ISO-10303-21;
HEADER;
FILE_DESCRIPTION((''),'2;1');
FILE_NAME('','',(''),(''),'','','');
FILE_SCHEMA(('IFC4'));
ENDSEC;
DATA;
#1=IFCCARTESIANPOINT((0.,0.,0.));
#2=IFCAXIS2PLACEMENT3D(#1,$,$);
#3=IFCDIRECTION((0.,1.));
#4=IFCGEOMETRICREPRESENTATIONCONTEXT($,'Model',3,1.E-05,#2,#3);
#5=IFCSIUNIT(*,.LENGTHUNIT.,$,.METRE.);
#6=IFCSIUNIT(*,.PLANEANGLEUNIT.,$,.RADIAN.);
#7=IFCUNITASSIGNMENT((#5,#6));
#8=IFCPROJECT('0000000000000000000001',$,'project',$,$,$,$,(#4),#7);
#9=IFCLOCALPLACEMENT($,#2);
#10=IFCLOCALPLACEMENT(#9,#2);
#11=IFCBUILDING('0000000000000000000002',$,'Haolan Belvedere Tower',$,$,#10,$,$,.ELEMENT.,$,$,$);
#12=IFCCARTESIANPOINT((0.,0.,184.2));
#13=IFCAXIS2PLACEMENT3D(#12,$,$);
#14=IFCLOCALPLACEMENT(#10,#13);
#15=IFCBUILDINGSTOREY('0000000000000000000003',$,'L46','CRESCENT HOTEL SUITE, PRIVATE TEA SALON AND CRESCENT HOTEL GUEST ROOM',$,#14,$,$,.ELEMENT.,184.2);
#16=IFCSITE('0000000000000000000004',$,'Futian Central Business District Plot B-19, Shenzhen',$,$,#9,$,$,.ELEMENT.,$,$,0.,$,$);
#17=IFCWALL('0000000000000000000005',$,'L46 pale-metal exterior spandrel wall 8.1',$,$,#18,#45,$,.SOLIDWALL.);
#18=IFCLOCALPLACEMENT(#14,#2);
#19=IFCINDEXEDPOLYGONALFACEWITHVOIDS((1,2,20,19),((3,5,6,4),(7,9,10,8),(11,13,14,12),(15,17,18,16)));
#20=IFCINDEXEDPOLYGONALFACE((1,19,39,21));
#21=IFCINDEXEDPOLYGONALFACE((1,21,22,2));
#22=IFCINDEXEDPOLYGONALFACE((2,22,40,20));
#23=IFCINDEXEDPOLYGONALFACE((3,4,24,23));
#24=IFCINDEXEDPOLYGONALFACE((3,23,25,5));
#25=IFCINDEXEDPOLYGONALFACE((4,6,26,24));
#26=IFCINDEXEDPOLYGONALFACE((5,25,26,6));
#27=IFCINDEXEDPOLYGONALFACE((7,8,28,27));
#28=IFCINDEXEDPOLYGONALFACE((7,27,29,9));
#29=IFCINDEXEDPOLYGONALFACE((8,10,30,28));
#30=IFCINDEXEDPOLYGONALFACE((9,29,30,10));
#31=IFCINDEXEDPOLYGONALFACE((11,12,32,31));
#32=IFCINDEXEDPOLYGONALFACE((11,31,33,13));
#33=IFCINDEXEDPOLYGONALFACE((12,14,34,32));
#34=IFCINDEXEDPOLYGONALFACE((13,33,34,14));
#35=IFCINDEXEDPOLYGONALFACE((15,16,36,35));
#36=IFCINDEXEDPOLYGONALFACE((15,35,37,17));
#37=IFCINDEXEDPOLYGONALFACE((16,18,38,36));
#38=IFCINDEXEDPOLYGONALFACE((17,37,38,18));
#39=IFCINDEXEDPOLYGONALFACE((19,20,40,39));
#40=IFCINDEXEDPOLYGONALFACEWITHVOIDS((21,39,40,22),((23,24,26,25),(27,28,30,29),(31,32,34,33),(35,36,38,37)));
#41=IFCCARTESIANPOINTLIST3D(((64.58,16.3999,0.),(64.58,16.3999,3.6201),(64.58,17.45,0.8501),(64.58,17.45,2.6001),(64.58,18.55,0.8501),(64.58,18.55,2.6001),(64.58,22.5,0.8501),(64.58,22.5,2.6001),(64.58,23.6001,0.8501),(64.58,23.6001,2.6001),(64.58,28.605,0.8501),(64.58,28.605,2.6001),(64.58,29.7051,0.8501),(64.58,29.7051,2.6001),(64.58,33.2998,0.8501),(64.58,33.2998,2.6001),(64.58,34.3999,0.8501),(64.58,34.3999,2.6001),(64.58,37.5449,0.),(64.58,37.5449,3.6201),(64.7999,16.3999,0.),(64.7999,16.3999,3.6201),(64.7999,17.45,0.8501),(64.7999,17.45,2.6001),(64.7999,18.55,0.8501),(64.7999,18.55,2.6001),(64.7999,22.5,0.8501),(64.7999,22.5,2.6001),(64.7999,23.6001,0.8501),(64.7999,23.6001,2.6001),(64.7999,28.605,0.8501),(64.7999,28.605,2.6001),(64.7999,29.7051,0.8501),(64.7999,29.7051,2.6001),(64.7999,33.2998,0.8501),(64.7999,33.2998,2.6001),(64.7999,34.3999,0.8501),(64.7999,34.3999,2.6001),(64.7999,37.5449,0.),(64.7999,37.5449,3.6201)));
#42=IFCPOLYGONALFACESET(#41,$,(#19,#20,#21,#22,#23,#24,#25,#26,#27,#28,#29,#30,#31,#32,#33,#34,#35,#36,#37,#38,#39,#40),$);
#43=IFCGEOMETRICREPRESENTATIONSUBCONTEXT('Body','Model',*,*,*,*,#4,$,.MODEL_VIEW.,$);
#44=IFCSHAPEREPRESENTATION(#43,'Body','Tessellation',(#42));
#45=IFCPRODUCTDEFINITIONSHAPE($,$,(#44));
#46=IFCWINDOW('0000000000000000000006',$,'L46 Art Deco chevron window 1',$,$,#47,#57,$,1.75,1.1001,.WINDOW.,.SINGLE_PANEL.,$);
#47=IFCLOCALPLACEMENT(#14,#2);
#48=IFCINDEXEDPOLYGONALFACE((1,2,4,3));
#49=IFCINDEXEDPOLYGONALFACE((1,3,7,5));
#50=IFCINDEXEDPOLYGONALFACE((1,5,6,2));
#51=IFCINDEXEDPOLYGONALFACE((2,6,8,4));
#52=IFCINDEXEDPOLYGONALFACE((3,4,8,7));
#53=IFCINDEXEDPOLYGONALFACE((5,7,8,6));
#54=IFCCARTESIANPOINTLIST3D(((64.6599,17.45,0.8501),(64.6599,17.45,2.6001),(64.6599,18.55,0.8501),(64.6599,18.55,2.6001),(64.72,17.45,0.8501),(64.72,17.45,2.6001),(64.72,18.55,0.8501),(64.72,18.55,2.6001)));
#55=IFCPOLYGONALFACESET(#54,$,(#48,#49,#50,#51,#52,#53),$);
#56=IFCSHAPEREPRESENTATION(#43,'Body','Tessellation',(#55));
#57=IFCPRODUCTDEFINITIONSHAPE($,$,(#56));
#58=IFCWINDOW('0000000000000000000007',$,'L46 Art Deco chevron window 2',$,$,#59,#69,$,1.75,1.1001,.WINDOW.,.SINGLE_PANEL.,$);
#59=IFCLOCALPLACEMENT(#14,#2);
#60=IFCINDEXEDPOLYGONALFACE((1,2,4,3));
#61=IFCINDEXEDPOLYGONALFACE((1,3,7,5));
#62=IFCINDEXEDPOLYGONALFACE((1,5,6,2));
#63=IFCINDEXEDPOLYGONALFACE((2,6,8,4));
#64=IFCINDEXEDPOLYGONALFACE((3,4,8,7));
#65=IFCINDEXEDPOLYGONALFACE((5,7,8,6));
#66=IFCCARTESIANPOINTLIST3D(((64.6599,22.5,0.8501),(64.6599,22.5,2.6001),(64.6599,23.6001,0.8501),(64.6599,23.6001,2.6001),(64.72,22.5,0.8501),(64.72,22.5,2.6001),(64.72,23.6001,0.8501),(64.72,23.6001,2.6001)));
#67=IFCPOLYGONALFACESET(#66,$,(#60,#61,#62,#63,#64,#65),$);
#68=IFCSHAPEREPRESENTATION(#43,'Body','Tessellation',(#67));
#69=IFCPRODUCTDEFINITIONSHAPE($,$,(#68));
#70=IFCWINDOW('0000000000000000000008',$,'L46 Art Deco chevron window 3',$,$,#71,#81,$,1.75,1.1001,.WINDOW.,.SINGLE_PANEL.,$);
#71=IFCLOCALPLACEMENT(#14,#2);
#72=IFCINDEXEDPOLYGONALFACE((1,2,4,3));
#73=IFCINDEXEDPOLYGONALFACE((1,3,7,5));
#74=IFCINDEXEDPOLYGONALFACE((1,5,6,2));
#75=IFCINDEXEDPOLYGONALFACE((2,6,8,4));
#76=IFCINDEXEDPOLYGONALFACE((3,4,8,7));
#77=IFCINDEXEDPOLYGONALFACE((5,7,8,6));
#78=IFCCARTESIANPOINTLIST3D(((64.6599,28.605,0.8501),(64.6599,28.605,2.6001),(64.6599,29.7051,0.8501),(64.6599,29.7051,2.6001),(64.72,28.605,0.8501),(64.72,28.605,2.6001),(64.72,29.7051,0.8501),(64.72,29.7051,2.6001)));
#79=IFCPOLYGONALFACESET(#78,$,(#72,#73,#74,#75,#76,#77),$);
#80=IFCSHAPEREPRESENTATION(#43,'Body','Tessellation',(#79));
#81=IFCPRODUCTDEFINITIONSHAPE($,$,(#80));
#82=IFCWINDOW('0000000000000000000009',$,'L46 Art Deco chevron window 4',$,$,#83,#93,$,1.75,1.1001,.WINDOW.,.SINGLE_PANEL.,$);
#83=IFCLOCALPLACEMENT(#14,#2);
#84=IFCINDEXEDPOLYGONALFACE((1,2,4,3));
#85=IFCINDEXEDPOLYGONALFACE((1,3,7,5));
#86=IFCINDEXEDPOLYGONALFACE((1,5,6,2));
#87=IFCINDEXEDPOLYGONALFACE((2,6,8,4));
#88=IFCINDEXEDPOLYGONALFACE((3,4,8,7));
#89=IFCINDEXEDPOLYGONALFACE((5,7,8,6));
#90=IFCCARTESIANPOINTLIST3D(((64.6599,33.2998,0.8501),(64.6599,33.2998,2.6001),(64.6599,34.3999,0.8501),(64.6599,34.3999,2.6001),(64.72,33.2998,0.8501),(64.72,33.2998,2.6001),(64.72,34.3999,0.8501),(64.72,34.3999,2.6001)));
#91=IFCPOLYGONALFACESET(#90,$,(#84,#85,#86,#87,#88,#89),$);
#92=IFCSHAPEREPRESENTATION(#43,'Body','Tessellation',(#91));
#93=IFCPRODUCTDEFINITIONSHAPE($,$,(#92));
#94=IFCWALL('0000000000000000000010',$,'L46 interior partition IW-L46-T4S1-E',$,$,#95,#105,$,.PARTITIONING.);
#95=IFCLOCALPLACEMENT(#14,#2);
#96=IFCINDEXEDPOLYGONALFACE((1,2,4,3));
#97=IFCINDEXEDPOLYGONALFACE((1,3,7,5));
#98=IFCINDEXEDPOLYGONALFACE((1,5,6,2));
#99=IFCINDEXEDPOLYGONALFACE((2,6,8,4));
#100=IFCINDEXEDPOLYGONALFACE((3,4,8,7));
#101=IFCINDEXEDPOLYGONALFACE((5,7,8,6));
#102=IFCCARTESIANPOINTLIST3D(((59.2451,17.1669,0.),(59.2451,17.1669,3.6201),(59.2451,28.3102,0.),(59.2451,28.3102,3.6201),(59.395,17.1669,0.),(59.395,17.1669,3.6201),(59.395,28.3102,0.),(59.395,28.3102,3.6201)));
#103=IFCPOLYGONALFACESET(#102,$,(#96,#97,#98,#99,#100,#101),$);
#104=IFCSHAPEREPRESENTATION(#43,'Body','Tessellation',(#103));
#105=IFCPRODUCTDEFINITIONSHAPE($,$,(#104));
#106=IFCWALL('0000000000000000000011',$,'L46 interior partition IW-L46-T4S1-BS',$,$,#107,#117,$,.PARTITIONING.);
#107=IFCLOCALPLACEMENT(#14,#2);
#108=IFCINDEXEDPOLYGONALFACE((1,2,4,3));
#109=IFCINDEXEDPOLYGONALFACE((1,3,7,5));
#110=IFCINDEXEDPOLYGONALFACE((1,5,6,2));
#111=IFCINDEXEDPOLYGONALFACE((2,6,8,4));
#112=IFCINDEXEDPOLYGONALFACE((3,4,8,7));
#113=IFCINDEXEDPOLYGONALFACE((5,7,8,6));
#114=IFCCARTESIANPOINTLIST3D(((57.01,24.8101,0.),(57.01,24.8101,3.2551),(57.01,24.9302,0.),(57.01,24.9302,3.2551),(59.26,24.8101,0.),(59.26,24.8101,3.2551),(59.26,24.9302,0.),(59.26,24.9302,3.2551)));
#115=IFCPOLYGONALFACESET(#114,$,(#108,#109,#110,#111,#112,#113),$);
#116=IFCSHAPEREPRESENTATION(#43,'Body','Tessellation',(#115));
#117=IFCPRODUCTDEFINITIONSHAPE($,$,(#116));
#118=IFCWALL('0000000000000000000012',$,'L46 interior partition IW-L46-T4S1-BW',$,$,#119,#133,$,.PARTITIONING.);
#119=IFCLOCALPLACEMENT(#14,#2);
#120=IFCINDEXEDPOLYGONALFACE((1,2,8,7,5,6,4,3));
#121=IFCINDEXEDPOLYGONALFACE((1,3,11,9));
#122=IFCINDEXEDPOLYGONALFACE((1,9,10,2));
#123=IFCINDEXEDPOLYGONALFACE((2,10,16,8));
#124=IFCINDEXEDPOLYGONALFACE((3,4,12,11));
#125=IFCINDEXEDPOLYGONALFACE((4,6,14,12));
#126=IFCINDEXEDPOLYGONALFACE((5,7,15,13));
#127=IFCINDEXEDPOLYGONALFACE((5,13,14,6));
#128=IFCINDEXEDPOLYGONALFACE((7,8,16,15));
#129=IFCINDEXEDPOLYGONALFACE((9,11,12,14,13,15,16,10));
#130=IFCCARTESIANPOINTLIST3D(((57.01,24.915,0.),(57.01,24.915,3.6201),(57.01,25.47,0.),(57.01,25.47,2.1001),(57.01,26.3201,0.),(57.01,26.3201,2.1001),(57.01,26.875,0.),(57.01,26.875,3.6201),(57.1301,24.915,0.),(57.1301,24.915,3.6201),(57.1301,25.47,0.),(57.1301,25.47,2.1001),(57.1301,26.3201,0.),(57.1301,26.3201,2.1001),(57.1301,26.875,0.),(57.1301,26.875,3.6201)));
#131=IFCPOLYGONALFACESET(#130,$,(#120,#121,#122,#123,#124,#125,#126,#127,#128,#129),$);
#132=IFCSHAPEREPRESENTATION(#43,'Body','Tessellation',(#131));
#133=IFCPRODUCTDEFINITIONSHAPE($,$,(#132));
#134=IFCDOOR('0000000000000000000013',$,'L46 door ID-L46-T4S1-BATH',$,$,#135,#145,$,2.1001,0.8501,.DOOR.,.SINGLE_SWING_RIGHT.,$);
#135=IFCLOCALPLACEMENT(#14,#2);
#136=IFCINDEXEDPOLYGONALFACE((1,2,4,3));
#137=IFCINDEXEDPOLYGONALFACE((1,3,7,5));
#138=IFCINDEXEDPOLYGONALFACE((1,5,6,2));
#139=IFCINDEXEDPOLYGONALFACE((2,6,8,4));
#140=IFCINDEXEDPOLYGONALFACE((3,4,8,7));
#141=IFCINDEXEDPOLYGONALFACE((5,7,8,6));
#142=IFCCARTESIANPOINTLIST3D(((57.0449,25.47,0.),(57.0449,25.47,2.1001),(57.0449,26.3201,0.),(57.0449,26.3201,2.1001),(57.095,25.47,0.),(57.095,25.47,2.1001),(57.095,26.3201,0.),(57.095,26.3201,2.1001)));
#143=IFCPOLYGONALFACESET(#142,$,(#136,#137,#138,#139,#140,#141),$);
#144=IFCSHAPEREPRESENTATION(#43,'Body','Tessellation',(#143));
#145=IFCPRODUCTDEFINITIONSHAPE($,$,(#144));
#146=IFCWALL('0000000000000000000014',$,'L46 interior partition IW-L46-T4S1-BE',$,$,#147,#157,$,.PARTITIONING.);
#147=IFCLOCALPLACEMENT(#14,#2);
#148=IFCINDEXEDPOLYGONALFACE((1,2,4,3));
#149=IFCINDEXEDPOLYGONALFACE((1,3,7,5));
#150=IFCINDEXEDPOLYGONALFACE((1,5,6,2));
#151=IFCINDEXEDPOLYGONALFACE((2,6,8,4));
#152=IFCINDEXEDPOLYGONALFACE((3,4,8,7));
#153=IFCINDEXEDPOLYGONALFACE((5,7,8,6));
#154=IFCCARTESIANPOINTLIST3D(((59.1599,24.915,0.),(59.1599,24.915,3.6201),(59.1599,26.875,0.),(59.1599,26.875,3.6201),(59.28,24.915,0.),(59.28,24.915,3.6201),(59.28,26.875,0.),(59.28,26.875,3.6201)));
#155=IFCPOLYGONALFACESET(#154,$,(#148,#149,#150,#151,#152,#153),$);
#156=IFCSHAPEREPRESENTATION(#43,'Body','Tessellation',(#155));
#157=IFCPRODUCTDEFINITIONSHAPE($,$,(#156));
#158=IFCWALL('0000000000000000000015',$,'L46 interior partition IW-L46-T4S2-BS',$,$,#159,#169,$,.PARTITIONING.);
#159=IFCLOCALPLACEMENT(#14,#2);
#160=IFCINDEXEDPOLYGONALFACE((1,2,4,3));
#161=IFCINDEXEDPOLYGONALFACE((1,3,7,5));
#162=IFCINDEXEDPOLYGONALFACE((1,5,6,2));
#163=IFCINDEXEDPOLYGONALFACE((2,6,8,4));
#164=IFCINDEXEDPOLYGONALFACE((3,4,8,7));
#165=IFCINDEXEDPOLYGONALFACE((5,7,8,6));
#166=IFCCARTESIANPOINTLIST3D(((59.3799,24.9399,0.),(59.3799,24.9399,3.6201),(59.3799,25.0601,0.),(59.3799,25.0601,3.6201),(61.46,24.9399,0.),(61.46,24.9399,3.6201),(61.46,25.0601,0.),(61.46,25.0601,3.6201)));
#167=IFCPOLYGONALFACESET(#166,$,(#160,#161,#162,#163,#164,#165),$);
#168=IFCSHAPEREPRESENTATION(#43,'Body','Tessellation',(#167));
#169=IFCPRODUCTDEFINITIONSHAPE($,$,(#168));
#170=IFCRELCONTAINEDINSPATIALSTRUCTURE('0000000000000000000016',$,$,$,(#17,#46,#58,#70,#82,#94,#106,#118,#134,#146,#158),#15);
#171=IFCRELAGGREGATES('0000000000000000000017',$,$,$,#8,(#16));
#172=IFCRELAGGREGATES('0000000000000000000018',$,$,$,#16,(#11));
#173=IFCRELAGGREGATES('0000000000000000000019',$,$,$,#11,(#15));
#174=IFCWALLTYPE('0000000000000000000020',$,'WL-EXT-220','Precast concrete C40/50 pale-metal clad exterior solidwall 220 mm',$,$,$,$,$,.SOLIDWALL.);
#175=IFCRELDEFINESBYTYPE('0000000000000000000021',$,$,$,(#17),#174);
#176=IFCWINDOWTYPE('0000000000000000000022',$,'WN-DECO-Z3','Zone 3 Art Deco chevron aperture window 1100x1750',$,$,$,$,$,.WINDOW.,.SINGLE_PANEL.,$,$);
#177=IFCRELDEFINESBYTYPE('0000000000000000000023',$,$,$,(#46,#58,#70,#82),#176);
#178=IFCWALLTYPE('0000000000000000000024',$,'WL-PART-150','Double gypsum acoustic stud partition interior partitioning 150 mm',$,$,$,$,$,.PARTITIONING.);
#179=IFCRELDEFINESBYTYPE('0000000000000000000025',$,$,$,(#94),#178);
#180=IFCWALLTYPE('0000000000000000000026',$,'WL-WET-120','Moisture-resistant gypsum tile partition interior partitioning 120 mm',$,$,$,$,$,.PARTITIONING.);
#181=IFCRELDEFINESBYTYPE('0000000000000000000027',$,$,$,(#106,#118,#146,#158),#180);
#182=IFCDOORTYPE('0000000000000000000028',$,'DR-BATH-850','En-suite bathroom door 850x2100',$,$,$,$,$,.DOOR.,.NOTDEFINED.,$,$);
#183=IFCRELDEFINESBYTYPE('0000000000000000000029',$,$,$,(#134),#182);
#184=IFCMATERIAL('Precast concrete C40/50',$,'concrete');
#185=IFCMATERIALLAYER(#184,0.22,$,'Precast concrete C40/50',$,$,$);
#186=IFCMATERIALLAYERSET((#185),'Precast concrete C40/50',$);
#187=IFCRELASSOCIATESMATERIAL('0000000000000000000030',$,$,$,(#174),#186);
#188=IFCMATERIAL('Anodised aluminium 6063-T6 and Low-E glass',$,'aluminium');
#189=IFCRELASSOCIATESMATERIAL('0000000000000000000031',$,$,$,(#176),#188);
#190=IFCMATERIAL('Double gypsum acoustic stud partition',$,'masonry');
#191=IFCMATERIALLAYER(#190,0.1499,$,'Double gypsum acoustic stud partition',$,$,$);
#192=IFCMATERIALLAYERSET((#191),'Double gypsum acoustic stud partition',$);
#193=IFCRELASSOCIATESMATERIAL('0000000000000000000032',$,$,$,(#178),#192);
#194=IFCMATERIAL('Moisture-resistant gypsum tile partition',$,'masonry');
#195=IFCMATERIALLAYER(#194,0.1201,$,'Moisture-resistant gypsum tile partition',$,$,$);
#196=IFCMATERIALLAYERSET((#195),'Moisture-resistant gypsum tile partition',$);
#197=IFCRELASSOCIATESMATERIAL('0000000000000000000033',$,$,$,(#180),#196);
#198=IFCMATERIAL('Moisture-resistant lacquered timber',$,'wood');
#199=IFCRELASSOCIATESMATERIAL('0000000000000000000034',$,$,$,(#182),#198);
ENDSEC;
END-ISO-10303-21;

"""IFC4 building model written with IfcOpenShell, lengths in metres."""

from ifc_helpers import new_model, si_unit, direction, frame, frame_2d, origin, place, context, subcontext, project, spatial, rectangle, extrude, material, layer, layer_set, type_object, element, fill, save


model = new_model("IFC4")

# Units and contexts
model_context = context("Model", 3, precision=1e-05, world=origin(), true_north=direction((0.0, 1.0)))
body_context = subcontext(model_context, "Body", "Model", "MODEL_VIEW")
ifc_project = project(units=[si_unit("LENGTHUNIT", "METRE"), si_unit("PLANEANGLEUNIT", "RADIAN")], contexts=[model_context])

# Site, building, storey
site_placement = place(None, origin())
site = spatial("IfcSite", under=ifc_project, at=site_placement, Name="Futian Central Business District Plot B-19, Shenzhen", CompositionType="ELEMENT", RefElevation=0.0)
building_placement = place(site_placement, origin())
building = spatial("IfcBuilding", under=site, at=building_placement, Name="Haolan Belvedere Tower", CompositionType="ELEMENT")
storey_placement = place(building_placement, frame((0.0, 0.0, 184.2)))
storey = spatial("IfcBuildingStorey", under=building, at=storey_placement, Name="L46", Description="CRESCENT HOTEL SUITE, PRIVATE TEA SALON AND CRESCENT HOTEL GUEST ROOM", CompositionType="ELEMENT", Elevation=184.2)

# Shared definitions
ifc_material_1 = material(Name="Precast concrete C40/50", Category="concrete")
ifc_layer_1 = layer(ifc_material_1, 0.22, Name="Precast concrete C40/50")
ifc_layer_set_1 = layer_set([ifc_layer_1], Name="Precast concrete C40/50")
wall_type_1 = type_object("IfcWallType", Name="WL-EXT-220", Description="Precast concrete C40/50 pale-metal clad exterior solidwall 220 mm", PredefinedType="SOLIDWALL", material=ifc_layer_set_1)
ifc_material_2 = material(Name="Anodised aluminium 6063-T6 and Low-E glass", Category="aluminium")
window_type = type_object("IfcWindowType", Name="WN-DECO-Z3", Description="Zone 3 Art Deco chevron aperture window 1100x1750", PartitioningType="SINGLE_PANEL", PredefinedType="WINDOW", material=ifc_material_2)

# Wall, openings, windows
wall_1_placement = place(storey_placement, frame((64.6899, 16.3999, 0.0), z_axis=(0.0, 0.0, 1.0), x_axis=(0.0, 1.0, 0.0)))
wall_1 = element("IfcWall", 1, at=wall_1_placement, inside=storey, type_object=wall_type_1, Name="L46 pale-metal exterior spandrel wall 8.1", PredefinedType="SOLIDWALL", context=body_context, shape_type="SweptSolid", body=[
    extrude(rectangle(XDim=21.145, YDim=0.22, at=frame_2d((10.5725, 0.0))), origin(), (0.0, 0.0, 1.0), 3.6201),
])
opening_1_placement = place(wall_1_placement, frame((1.05, 0.0, 0.8501)))
opening_1 = element("IfcOpeningElement", 2, at=opening_1_placement, cuts=wall_1, PredefinedType="OPENING", context=body_context, shape_type="SweptSolid", body=[
    extrude(rectangle(XDim=1.1001, YDim=1.75, at=frame_2d((0.55, 0.875))), frame((0.0, 0.1199, 0.0), z_axis=(0.0, -1.0, 0.0), x_axis=(1.0, 0.0, 0.0)), (0.0, 0.0, 1.0), 0.24),
])
opening_2_placement = place(wall_1_placement, frame((6.1001, 0.0, 0.8501)))
opening_2 = element("IfcOpeningElement", 3, at=opening_2_placement, cuts=wall_1, PredefinedType="OPENING", context=body_context, shape_type="SweptSolid", body=[
    extrude(rectangle(XDim=1.1001, YDim=1.75, at=frame_2d((0.55, 0.875))), frame((0.0, 0.1199, 0.0), z_axis=(0.0, -1.0, 0.0), x_axis=(1.0, 0.0, 0.0)), (0.0, 0.0, 1.0), 0.24),
])
opening_3_placement = place(wall_1_placement, frame((12.2051, 0.0, 0.8501)))
opening_3 = element("IfcOpeningElement", 4, at=opening_3_placement, cuts=wall_1, PredefinedType="OPENING", context=body_context, shape_type="SweptSolid", body=[
    extrude(rectangle(XDim=1.1001, YDim=1.75, at=frame_2d((0.55, 0.875))), frame((0.0, 0.1199, 0.0), z_axis=(0.0, -1.0, 0.0), x_axis=(1.0, 0.0, 0.0)), (0.0, 0.0, 1.0), 0.24),
])
opening_4_placement = place(wall_1_placement, frame((16.8999, 0.0, 0.8501)))
opening_4 = element("IfcOpeningElement", 5, at=opening_4_placement, cuts=wall_1, PredefinedType="OPENING", context=body_context, shape_type="SweptSolid", body=[
    extrude(rectangle(XDim=1.1001, YDim=1.75, at=frame_2d((0.55, 0.875))), frame((0.0, 0.1199, 0.0), z_axis=(0.0, -1.0, 0.0), x_axis=(1.0, 0.0, 0.0)), (0.0, 0.0, 1.0), 0.24),
])
window_1_placement = place(opening_1_placement, origin())
window_1 = element("IfcWindow", 6, at=window_1_placement, inside=storey, type_object=window_type, Name="L46 Art Deco chevron window 1", OverallHeight=1.75, OverallWidth=1.1001, PartitioningType="SINGLE_PANEL", PredefinedType="WINDOW", context=body_context, shape_type="SweptSolid", body=[
    extrude(rectangle(XDim=1.1001, YDim=1.75, at=frame_2d((0.55, 0.875))), frame((0.0, 0.03, 0.0), z_axis=(0.0, -1.0, 0.0), x_axis=(1.0, 0.0, 0.0)), (0.0, 0.0, 1.0), 0.0601),
])
fill(opening_1, window_1)
window_2_placement = place(opening_2_placement, origin())
window_2 = element("IfcWindow", 7, at=window_2_placement, inside=storey, type_object=window_type, Name="L46 Art Deco chevron window 2", OverallHeight=1.75, OverallWidth=1.1001, PartitioningType="SINGLE_PANEL", PredefinedType="WINDOW", context=body_context, shape_type="SweptSolid", body=[
    extrude(rectangle(XDim=1.1001, YDim=1.75, at=frame_2d((0.55, 0.875))), frame((0.0, 0.03, 0.0), z_axis=(0.0, -1.0, 0.0), x_axis=(1.0, 0.0, 0.0)), (0.0, 0.0, 1.0), 0.0601),
])
fill(opening_2, window_2)
window_3_placement = place(opening_3_placement, origin())
window_3 = element("IfcWindow", 8, at=window_3_placement, inside=storey, type_object=window_type, Name="L46 Art Deco chevron window 3", OverallHeight=1.75, OverallWidth=1.1001, PartitioningType="SINGLE_PANEL", PredefinedType="WINDOW", context=body_context, shape_type="SweptSolid", body=[
    extrude(rectangle(XDim=1.1001, YDim=1.75, at=frame_2d((0.55, 0.875))), frame((0.0, 0.03, 0.0), z_axis=(0.0, -1.0, 0.0), x_axis=(1.0, 0.0, 0.0)), (0.0, 0.0, 1.0), 0.0601),
])
fill(opening_3, window_3)
window_4_placement = place(opening_4_placement, origin())
window_4 = element("IfcWindow", 9, at=window_4_placement, inside=storey, type_object=window_type, Name="L46 Art Deco chevron window 4", OverallHeight=1.75, OverallWidth=1.1001, PartitioningType="SINGLE_PANEL", PredefinedType="WINDOW", context=body_context, shape_type="SweptSolid", body=[
    extrude(rectangle(XDim=1.1001, YDim=1.75, at=frame_2d((0.55, 0.875))), frame((0.0, 0.03, 0.0), z_axis=(0.0, -1.0, 0.0), x_axis=(1.0, 0.0, 0.0)), (0.0, 0.0, 1.0), 0.0601),
])
fill(opening_4, window_4)

# Walls
ifc_material_3 = material(Name="Double gypsum acoustic stud partition", Category="masonry")
ifc_layer_2 = layer(ifc_material_3, 0.1499, Name="Double gypsum acoustic stud partition")
ifc_layer_set_2 = layer_set([ifc_layer_2], Name="Double gypsum acoustic stud partition")
wall_type_2 = type_object("IfcWallType", Name="WL-PART-150", Description="Double gypsum acoustic stud partition interior partitioning 150 mm", PredefinedType="PARTITIONING", material=ifc_layer_set_2)
wall_2_placement = place(storey_placement, frame((59.3201, 17.1667, 0.0), z_axis=(0.0, 0.0, 1.0), x_axis=(0.0, 1.0, 0.0)))
element("IfcWall", 10, at=wall_2_placement, inside=storey, type_object=wall_type_2, Name="L46 interior partition IW-L46-T4S1-E", PredefinedType="PARTITIONING", context=body_context, shape_type="SweptSolid", body=[
    extrude(rectangle(XDim=11.1433, YDim=0.1499, at=frame_2d((5.5718, 0.0))), origin(), (0.0, 0.0, 1.0), 3.6201),
])
ifc_material_4 = material(Name="Moisture-resistant gypsum tile partition", Category="masonry")
ifc_layer_3 = layer(ifc_material_4, 0.1201, Name="Moisture-resistant gypsum tile partition")
ifc_layer_set_3 = layer_set([ifc_layer_3], Name="Moisture-resistant gypsum tile partition")
wall_type_3 = type_object("IfcWallType", Name="WL-WET-120", Description="Moisture-resistant gypsum tile partition interior partitioning 120 mm", PredefinedType="PARTITIONING", material=ifc_layer_set_3)
wall_3_placement = place(storey_placement, frame((57.01, 24.8701, 0.0), z_axis=(0.0, 0.0, 1.0), x_axis=(1.0, 0.0, 0.0)))
element("IfcWall", 11, at=wall_3_placement, inside=storey, type_object=wall_type_3, Name="L46 interior partition IW-L46-T4S1-BS", PredefinedType="PARTITIONING", context=body_context, shape_type="SweptSolid", body=[
    extrude(rectangle(XDim=2.25, YDim=0.1201, at=frame_2d((1.125, 0.0))), origin(), (0.0, 0.0, 1.0), 3.2551),
])

# Wall, opening, door
wall_4_placement = place(storey_placement, frame((57.0701, 24.915, 0.0), z_axis=(0.0, 0.0, 1.0), x_axis=(0.0, 1.0, 0.0)))
wall_4 = element("IfcWall", 12, at=wall_4_placement, inside=storey, type_object=wall_type_3, Name="L46 interior partition IW-L46-T4S1-BW", PredefinedType="PARTITIONING", context=body_context, shape_type="SweptSolid", body=[
    extrude(rectangle(XDim=1.96, YDim=0.1201, at=frame_2d((0.98, 0.0))), origin(), (0.0, 0.0, 1.0), 3.6201),
])
opening_5_placement = place(wall_4_placement, frame((1.405, 0.0, 0.0), z_axis=(0.0, 0.0, 1.0), x_axis=(-1.0, 0.0, 0.0)))
opening_5 = element("IfcOpeningElement", 13, at=opening_5_placement, cuts=wall_4, PredefinedType="OPENING", context=body_context, shape_type="SweptSolid", body=[
    extrude(rectangle(XDim=0.8501, YDim=2.1001, at=frame_2d((0.425, 1.05))), frame((0.0, 0.0701, 0.0), z_axis=(0.0, -1.0, 0.0), x_axis=(1.0, 0.0, 0.0)), (0.0, 0.0, 1.0), 0.1401),
])
ifc_material_5 = material(Name="Moisture-resistant lacquered timber", Category="wood")
door_type = type_object("IfcDoorType", Name="DR-BATH-850", Description="En-suite bathroom door 850x2100", OperationType="NOTDEFINED", PredefinedType="DOOR", material=ifc_material_5)
door_placement = place(opening_5_placement, origin())
door = element("IfcDoor", 14, at=door_placement, inside=storey, type_object=door_type, Name="L46 door ID-L46-T4S1-BATH", OperationType="SINGLE_SWING_RIGHT", OverallHeight=2.1001, OverallWidth=0.8501, PredefinedType="DOOR", context=body_context, shape_type="SweptSolid", body=[
    extrude(rectangle(XDim=0.8501, YDim=2.1001, at=frame_2d((0.425, 1.05))), frame((0.0, 0.0249, 0.0), z_axis=(0.0, -1.0, 0.0), x_axis=(1.0, 0.0, 0.0)), (0.0, 0.0, 1.0), 0.05),
])
fill(opening_5, door)

# Walls
wall_5_placement = place(storey_placement, frame((59.22, 24.915, 0.0), z_axis=(0.0, 0.0, 1.0), x_axis=(0.0, 1.0, 0.0)))
element("IfcWall", 15, at=wall_5_placement, inside=storey, type_object=wall_type_3, Name="L46 interior partition IW-L46-T4S1-BE", PredefinedType="PARTITIONING", context=body_context, shape_type="SweptSolid", body=[
    extrude(rectangle(XDim=1.96, YDim=0.1201, at=frame_2d((0.98, 0.0))), origin(), (0.0, 0.0, 1.0), 3.6201),
])
wall_6_placement = place(storey_placement, frame((59.3799, 25.0, 0.0), z_axis=(0.0, 0.0, 1.0), x_axis=(1.0, 0.0, 0.0)))
element("IfcWall", 16, at=wall_6_placement, inside=storey, type_object=wall_type_3, Name="L46 interior partition IW-L46-T4S2-BS", PredefinedType="PARTITIONING", context=body_context, shape_type="SweptSolid", body=[
    extrude(rectangle(XDim=2.0801, YDim=0.1201, at=frame_2d((1.04, 0.0))), origin(), (0.0, 0.0, 1.0), 3.6201),
])

save(model, "model.ifc")
